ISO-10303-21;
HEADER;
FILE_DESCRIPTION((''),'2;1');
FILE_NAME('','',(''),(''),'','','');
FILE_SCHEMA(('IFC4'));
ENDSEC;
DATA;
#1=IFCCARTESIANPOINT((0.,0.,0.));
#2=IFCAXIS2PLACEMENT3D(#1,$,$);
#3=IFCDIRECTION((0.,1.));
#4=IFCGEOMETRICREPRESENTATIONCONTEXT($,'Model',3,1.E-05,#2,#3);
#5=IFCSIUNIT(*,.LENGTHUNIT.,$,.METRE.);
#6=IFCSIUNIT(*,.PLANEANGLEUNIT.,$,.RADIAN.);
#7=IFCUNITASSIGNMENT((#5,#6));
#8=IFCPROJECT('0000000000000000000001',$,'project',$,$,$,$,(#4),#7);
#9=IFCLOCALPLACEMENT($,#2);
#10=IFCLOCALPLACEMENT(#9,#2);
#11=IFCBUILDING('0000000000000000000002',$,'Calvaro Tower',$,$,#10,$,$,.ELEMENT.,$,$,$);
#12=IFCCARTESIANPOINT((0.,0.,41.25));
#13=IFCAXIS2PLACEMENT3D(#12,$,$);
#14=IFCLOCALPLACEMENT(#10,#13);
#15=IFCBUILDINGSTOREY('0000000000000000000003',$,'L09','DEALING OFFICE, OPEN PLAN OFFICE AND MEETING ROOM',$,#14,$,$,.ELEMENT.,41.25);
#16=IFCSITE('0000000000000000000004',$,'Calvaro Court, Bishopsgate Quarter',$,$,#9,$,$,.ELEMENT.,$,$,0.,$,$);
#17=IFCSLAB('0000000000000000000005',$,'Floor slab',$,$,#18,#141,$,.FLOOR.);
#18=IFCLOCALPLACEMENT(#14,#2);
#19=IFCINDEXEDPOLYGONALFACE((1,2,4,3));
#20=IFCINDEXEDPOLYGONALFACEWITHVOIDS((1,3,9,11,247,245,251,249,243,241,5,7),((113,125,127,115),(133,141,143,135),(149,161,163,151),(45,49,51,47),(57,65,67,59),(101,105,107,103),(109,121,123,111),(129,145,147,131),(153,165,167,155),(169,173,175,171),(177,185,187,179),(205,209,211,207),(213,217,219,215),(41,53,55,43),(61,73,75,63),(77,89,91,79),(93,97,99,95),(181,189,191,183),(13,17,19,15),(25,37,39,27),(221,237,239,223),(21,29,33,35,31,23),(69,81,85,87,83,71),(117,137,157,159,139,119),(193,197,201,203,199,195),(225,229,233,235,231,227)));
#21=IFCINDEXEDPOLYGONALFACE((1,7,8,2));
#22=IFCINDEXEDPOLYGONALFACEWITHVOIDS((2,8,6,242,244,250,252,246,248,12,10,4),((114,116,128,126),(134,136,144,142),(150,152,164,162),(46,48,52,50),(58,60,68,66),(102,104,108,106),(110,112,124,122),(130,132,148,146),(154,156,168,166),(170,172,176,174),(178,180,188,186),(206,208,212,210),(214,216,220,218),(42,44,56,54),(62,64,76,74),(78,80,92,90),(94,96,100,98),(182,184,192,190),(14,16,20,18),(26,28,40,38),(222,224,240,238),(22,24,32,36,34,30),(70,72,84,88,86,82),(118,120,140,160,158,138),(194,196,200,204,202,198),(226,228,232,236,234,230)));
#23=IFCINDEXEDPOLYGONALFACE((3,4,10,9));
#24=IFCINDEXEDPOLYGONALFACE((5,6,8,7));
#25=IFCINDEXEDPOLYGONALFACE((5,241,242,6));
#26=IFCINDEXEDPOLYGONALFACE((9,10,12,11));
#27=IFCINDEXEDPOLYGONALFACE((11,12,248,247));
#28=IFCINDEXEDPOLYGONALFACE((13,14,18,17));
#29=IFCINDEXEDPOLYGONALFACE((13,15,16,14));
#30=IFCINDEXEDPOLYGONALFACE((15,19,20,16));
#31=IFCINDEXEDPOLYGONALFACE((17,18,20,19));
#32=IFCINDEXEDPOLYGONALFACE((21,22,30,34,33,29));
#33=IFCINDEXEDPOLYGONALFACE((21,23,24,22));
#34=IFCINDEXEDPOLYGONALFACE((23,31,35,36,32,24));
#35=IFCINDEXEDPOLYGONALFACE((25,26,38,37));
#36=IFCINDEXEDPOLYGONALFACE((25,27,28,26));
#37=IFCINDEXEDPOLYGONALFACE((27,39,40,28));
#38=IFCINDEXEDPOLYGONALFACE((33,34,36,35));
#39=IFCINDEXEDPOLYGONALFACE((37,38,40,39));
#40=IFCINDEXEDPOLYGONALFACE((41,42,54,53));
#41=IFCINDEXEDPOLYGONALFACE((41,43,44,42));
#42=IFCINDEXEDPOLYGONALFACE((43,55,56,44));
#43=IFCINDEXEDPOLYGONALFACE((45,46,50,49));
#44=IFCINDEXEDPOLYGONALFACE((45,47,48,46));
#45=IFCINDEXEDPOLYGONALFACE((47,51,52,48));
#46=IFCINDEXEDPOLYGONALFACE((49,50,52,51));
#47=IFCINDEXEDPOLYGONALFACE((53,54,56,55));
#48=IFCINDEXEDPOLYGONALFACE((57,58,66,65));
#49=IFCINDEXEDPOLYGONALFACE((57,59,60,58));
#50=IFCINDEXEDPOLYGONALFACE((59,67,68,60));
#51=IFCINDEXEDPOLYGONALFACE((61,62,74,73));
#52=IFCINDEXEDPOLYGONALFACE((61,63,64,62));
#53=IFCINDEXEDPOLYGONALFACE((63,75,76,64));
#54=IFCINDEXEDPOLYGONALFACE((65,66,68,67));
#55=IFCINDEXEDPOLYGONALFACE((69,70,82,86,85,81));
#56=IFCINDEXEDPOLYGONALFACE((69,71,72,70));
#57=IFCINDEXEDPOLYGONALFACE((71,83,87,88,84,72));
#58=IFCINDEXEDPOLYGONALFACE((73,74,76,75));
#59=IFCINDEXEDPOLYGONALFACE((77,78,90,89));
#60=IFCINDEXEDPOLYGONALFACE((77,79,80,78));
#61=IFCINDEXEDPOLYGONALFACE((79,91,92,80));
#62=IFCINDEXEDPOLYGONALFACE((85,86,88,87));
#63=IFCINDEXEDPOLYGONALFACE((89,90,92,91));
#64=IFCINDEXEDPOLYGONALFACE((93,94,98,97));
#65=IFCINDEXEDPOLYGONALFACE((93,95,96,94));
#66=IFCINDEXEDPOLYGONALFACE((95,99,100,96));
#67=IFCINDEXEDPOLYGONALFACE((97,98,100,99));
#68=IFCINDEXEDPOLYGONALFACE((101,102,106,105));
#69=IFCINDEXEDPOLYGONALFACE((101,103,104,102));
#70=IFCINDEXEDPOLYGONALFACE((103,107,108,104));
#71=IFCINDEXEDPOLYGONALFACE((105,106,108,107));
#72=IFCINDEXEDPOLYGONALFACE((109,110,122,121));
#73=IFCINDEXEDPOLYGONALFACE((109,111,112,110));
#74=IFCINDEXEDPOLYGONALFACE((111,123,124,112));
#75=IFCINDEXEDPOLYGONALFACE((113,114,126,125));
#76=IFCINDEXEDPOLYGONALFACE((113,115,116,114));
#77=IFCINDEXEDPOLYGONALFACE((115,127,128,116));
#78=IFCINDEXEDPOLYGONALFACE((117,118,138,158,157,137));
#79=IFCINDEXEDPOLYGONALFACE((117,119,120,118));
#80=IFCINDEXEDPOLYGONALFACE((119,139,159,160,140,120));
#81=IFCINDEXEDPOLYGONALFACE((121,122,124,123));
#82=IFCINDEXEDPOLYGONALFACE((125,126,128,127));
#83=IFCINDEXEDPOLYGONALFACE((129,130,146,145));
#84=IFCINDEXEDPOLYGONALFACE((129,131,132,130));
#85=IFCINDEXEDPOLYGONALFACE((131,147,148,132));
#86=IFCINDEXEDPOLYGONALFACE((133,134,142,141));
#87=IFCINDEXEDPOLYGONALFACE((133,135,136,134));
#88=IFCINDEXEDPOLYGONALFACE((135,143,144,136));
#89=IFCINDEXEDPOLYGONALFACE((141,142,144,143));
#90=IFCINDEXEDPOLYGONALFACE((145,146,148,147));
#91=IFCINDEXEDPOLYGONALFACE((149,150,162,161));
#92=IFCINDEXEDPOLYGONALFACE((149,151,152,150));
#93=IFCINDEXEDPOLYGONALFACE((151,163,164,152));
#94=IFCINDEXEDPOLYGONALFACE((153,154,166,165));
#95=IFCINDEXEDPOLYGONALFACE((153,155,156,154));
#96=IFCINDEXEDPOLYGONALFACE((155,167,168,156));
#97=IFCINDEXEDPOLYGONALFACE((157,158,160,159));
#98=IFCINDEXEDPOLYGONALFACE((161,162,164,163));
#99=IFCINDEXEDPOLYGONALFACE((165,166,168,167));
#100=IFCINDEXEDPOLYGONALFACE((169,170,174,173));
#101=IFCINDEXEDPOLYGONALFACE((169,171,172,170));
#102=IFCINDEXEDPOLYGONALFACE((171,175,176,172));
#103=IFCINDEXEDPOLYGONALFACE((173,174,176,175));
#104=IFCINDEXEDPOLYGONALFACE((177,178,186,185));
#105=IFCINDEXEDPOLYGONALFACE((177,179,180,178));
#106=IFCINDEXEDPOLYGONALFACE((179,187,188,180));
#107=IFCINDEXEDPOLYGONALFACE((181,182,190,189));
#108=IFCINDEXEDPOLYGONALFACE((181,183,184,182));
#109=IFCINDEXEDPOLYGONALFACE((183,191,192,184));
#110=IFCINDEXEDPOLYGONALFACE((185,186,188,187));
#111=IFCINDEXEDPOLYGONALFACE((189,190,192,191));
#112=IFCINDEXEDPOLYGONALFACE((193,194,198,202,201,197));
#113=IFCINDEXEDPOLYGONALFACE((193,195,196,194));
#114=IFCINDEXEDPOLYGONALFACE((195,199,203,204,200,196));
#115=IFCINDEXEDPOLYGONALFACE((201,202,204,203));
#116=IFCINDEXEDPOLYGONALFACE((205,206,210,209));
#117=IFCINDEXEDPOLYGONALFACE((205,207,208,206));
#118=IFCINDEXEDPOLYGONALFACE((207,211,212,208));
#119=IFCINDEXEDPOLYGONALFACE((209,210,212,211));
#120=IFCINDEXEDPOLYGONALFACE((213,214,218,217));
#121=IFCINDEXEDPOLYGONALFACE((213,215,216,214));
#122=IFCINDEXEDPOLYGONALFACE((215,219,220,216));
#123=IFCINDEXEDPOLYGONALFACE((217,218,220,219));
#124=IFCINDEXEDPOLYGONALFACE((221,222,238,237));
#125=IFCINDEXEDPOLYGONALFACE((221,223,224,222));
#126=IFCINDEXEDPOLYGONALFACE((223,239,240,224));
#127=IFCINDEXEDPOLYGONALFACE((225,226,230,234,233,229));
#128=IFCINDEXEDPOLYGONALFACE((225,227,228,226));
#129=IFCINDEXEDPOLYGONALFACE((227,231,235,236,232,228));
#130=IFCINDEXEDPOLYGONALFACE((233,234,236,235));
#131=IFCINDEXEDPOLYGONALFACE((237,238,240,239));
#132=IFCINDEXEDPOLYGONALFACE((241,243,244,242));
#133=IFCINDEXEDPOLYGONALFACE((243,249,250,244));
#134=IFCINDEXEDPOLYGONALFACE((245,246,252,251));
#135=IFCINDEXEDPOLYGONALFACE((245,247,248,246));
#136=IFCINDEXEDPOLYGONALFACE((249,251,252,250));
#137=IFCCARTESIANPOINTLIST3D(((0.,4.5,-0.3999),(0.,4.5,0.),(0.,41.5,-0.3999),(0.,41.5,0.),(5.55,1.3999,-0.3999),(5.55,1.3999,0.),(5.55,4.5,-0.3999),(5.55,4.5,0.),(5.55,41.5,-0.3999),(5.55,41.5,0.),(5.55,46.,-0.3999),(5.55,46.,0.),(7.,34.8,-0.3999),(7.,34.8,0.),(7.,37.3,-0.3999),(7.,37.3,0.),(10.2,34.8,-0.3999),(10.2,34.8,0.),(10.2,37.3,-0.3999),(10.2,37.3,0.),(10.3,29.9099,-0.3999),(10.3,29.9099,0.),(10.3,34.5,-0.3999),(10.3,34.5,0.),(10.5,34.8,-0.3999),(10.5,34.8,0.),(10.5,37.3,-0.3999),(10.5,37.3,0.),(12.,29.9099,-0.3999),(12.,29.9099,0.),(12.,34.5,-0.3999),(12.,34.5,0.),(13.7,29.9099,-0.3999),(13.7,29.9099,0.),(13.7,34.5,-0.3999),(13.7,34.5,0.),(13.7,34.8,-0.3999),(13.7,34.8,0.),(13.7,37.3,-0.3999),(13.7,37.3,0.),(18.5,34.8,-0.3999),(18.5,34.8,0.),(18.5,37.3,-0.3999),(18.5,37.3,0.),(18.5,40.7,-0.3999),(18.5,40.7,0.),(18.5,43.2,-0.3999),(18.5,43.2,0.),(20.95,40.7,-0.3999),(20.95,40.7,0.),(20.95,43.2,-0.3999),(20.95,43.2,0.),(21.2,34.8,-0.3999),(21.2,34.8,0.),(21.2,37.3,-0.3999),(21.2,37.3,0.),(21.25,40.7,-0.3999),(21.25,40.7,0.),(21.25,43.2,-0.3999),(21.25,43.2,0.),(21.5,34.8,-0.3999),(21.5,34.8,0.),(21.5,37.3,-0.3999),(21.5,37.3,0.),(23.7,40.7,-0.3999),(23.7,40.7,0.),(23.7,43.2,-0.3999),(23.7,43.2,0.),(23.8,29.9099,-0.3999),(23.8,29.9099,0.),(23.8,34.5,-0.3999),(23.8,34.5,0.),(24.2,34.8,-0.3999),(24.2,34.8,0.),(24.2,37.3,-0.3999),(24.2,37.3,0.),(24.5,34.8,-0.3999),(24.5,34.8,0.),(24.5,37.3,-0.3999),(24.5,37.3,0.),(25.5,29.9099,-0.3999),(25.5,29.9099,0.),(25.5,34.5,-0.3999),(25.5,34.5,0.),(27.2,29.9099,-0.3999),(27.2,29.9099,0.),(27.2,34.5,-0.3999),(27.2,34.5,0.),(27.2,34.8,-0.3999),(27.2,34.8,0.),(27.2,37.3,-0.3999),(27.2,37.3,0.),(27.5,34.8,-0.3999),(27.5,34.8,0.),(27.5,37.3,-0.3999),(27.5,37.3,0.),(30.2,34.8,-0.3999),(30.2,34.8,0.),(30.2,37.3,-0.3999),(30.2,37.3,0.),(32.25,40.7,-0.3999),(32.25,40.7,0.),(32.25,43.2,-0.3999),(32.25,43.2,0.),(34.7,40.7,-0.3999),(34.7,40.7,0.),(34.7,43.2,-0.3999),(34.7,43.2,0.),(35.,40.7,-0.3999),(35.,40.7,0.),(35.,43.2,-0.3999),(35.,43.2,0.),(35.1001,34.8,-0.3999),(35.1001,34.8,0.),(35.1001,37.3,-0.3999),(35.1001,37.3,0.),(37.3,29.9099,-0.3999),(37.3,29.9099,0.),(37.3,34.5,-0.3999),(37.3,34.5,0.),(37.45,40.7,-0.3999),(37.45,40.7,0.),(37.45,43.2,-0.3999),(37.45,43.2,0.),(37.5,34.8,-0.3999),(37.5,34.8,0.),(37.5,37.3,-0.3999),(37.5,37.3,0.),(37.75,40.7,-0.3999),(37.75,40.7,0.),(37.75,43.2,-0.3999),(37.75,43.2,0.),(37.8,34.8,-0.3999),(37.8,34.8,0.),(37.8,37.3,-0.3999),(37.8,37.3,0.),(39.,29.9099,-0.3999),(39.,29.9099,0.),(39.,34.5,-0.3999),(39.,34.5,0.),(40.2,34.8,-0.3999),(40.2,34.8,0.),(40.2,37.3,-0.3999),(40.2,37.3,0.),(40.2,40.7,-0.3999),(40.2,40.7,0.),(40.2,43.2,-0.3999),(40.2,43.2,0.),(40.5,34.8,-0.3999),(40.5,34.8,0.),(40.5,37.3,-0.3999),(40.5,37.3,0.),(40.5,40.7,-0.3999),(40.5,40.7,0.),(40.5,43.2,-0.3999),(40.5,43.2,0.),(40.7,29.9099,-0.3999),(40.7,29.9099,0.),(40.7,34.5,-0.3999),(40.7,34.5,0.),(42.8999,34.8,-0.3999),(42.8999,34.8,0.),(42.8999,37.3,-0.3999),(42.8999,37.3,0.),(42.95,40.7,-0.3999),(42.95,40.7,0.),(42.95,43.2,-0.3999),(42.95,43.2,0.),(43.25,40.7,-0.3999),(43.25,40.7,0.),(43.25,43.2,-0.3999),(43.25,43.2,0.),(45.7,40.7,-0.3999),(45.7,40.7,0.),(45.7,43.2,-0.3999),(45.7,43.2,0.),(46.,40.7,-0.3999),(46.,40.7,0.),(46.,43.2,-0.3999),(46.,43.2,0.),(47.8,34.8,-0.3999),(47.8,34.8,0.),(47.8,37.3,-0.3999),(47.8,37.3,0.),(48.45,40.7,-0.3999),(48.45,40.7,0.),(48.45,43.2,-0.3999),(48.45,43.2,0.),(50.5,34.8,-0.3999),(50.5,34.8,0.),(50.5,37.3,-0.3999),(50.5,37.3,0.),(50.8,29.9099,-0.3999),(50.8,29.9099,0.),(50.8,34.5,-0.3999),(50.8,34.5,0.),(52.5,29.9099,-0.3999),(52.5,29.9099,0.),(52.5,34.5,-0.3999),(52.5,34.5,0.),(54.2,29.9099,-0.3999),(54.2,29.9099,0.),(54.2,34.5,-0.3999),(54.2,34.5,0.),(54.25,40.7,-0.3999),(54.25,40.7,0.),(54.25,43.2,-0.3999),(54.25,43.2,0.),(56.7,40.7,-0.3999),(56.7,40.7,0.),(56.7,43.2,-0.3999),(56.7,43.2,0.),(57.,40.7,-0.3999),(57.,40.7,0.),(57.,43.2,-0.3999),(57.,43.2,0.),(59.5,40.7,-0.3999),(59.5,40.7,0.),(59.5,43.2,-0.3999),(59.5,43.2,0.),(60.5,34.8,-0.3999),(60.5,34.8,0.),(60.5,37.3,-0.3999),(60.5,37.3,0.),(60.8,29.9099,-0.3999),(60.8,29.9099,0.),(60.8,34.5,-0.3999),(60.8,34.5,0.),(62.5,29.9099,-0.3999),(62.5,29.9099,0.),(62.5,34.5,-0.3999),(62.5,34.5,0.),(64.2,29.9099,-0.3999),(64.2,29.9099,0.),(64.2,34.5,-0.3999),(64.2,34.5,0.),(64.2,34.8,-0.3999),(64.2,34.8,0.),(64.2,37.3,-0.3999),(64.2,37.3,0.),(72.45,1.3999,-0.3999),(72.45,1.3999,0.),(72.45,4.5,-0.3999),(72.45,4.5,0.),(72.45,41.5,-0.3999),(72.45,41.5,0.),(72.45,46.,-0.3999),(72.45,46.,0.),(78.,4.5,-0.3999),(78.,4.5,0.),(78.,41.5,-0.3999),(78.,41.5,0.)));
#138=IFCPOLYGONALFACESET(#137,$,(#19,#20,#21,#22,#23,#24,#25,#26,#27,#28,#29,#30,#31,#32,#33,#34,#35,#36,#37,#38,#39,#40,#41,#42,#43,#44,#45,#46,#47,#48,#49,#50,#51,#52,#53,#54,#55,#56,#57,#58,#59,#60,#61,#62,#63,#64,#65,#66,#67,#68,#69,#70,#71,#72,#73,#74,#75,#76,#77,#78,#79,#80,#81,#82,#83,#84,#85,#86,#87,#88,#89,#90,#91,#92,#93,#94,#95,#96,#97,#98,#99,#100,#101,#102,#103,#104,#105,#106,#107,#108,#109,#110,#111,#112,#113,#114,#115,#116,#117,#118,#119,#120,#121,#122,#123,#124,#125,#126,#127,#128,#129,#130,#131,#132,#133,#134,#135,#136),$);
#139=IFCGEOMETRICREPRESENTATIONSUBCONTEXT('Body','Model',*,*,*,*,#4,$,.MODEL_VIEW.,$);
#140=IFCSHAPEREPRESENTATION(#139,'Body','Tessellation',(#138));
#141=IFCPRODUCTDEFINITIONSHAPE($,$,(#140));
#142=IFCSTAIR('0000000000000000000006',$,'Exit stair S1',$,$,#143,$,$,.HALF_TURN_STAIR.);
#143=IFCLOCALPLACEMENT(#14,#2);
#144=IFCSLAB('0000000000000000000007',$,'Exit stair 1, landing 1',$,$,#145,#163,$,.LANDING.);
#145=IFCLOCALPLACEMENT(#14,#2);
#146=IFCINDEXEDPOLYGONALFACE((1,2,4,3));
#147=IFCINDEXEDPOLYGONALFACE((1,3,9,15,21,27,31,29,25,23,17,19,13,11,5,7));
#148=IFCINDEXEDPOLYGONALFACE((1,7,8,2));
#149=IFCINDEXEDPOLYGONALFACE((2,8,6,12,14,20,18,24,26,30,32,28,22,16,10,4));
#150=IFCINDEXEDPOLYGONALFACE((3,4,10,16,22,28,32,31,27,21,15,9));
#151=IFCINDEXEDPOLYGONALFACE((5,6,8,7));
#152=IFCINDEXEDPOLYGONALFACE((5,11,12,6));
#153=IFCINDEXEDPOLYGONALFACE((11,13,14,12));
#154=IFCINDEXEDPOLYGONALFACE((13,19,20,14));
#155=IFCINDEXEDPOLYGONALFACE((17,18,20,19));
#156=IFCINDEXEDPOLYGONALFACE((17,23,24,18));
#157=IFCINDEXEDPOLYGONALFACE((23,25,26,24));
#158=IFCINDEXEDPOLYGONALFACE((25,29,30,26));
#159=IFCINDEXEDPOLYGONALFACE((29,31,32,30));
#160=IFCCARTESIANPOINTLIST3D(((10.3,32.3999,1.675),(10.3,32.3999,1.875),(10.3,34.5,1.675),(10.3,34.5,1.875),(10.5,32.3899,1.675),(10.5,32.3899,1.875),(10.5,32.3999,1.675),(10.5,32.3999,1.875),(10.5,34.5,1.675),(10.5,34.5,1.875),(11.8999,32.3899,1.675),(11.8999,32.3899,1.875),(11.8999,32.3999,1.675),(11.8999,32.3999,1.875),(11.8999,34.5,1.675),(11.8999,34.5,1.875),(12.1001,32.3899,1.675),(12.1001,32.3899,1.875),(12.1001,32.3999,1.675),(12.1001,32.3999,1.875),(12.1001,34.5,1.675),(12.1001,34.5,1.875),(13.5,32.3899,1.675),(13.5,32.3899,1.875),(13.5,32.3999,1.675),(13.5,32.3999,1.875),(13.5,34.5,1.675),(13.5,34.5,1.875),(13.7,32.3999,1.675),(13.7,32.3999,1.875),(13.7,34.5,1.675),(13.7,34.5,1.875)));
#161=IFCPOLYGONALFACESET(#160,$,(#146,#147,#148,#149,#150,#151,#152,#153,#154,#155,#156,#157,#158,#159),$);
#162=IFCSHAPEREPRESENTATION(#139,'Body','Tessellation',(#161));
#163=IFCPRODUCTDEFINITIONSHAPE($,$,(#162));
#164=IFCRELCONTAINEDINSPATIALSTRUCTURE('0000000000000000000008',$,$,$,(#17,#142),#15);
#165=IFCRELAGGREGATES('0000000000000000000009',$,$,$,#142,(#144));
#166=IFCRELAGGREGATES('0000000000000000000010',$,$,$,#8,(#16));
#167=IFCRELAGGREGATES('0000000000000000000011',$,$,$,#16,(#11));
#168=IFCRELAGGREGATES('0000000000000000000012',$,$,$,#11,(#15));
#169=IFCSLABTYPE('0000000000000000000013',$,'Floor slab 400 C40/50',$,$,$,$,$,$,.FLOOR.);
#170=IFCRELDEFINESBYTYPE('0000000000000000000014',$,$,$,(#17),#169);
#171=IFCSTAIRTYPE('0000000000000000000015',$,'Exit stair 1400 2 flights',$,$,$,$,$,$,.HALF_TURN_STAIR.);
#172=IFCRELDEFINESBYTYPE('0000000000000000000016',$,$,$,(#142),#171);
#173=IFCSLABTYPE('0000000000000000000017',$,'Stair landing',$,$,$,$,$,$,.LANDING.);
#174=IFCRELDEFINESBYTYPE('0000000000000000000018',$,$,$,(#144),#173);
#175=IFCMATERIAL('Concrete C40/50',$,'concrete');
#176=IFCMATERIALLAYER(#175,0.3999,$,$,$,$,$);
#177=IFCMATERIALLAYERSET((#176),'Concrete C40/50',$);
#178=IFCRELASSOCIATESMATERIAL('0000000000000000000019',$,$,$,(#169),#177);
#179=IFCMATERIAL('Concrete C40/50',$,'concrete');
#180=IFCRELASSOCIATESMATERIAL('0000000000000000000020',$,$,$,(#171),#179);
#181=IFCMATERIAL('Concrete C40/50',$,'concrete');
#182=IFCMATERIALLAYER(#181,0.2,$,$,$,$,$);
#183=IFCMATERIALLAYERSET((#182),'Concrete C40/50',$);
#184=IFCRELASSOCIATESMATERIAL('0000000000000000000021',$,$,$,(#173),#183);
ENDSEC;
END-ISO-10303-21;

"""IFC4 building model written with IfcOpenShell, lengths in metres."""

from ifc_helpers import new_model, si_unit, direction, frame, origin, place, context, subcontext, project, spatial, polyline, outline, extrude, material, layer, layer_set, type_object, element, aggregate, save


model = new_model("IFC4")

# Units and contexts
model_context = context("Model", 3, precision=1e-05, world=origin(), true_north=direction((0.0, 1.0)))
body_context = subcontext(model_context, "Body", "Model", "MODEL_VIEW")
ifc_project = project(units=[si_unit("LENGTHUNIT", "METRE"), si_unit("PLANEANGLEUNIT", "RADIAN")], contexts=[model_context])

# Site, building, storey
site_placement = place(None, origin())
site = spatial("IfcSite", under=ifc_project, at=site_placement, Name="Calvaro Court, Bishopsgate Quarter", CompositionType="ELEMENT", RefElevation=0.0)
building_placement = place(site_placement, origin())
building = spatial("IfcBuilding", under=site, at=building_placement, Name="Calvaro Tower", CompositionType="ELEMENT")
storey_placement = place(building_placement, frame((0.0, 0.0, 41.25)))
storey = spatial("IfcBuildingStorey", under=building, at=storey_placement, Name="L09", Description="DEALING OFFICE, OPEN PLAN OFFICE AND MEETING ROOM", CompositionType="ELEMENT", Elevation=41.25)

# Slab
ifc_material_1 = material(Name="Concrete C40/50", Category="concrete")
ifc_layer_1 = layer(ifc_material_1, 0.3999)
ifc_layer_set_1 = layer_set([ifc_layer_1], Name="Concrete C40/50")
slab_type_1 = type_object("IfcSlabType", Name="Floor slab 400 C40/50", PredefinedType="FLOOR", material=ifc_layer_set_1)
slab_1_placement = place(storey_placement, frame((0.0, 0.0, -0.3999)))
element("IfcSlab", 1, at=slab_1_placement, inside=storey, type_object=slab_type_1, Name="Floor slab", PredefinedType="FLOOR", context=body_context, shape_type="SweptSolid", body=[
    extrude(outline(polyline([(72.45, 4.5), (72.45, 1.3999), (5.55, 1.3999), (5.55, 4.5), (0.0, 4.5), (0.0, 41.5), (5.55, 41.5), (5.55, 46.0), (72.45, 46.0), (72.45, 41.5), (78.0, 41.5), (78.0, 4.5), (72.45, 4.5)]), holes=[polyline([(10.3, 29.9099), (10.3, 34.5), (12.0, 34.5), (13.7, 34.5), (13.7, 29.9099), (12.0, 29.9099), (10.3, 29.9099)]), polyline([(23.8, 29.9099), (23.8, 34.5), (25.5, 34.5), (27.2, 34.5), (27.2, 29.9099), (25.5, 29.9099), (23.8, 29.9099)]), polyline([(37.3, 29.9099), (37.3, 34.5), (39.0, 34.5), (40.7, 34.5), (40.7, 29.9099), (39.0, 29.9099), (37.3, 29.9099)]), polyline([(50.8, 29.9099), (50.8, 34.5), (52.5, 34.5), (54.2, 34.5), (54.2, 29.9099), (52.5, 29.9099), (50.8, 29.9099)]), polyline([(60.8, 29.9099), (60.8, 34.5), (62.5, 34.5), (64.2, 34.5), (64.2, 29.9099), (62.5, 29.9099), (60.8, 29.9099)]), polyline([(18.5, 34.8), (21.2, 34.8), (21.2, 37.3), (18.5, 37.3), (18.5, 34.8)]), polyline([(21.5, 34.8), (24.2, 34.8), (24.2, 37.3), (21.5, 37.3), (21.5, 34.8)]), polyline([(24.5, 34.8), (27.2, 34.8), (27.2, 37.3), (24.5, 37.3), (24.5, 34.8)]), polyline([(35.1001, 34.8), (37.5, 34.8), (37.5, 37.3), (35.1001, 37.3), (35.1001, 34.8)]), polyline([(37.8, 34.8), (40.2, 34.8), (40.2, 37.3), (37.8, 37.3), (37.8, 34.8)]), polyline([(40.5, 34.8), (42.8999, 34.8), (42.8999, 37.3), (40.5, 37.3), (40.5, 34.8)]), polyline([(18.5, 40.7), (20.95, 40.7), (20.95, 43.2), (18.5, 43.2), (18.5, 40.7)]), polyline([(21.25, 40.7), (23.7, 40.7), (23.7, 43.2), (21.25, 43.2), (21.25, 40.7)]), polyline([(32.25, 40.7), (34.7, 40.7), (34.7, 43.2), (32.25, 43.2), (32.25, 40.7)]), polyline([(35.0, 40.7), (37.45, 40.7), (37.45, 43.2), (35.0, 43.2), (35.0, 40.7)]), polyline([(37.75, 40.7), (40.2, 40.7), (40.2, 43.2), (37.75, 43.2), (37.75, 40.7)]), polyline([(40.5, 40.7), (42.95, 40.7), (42.95, 43.2), (40.5, 43.2), (40.5, 40.7)]), polyline([(43.25, 40.7), (45.7, 40.7), (45.7, 43.2), (43.25, 43.2), (43.25, 40.7)]), polyline([(46.0, 40.7), (48.45, 40.7), (48.45, 43.2), (46.0, 43.2), (46.0, 40.7)]), polyline([(54.25, 40.7), (56.7, 40.7), (56.7, 43.2), (54.25, 43.2), (54.25, 40.7)]), polyline([(57.0, 40.7), (59.5, 40.7), (59.5, 43.2), (57.0, 43.2), (57.0, 40.7)]), polyline([(7.0, 34.8), (10.2, 34.8), (10.2, 37.3), (7.0, 37.3), (7.0, 34.8)]), polyline([(10.5, 34.8), (13.7, 34.8), (13.7, 37.3), (10.5, 37.3), (10.5, 34.8)]), polyline([(60.5, 34.8), (64.2, 34.8), (64.2, 37.3), (60.5, 37.3), (60.5, 34.8)]), polyline([(27.5, 34.8), (30.2, 34.8), (30.2, 37.3), (27.5, 37.3), (27.5, 34.8)]), polyline([(47.8, 34.8), (50.5, 34.8), (50.5, 37.3), (47.8, 37.3), (47.8, 34.8)])]), origin(), (0.0, 0.0, 1.0), 0.3999),
])

# Stair, slab
ifc_material_2 = material(Name="Concrete C40/50", Category="concrete")
stair_type = type_object("IfcStairType", Name="Exit stair 1400 2 flights", PredefinedType="HALF_TURN_STAIR", material=ifc_material_2)
stair_1_placement = place(storey_placement, origin())
stair_1 = element("IfcStair", 2, at=stair_1_placement, inside=storey, type_object=stair_type, Name="Exit stair S1", PredefinedType="HALF_TURN_STAIR")
ifc_material_3 = material(Name="Concrete C40/50", Category="concrete")
ifc_layer_2 = layer(ifc_material_3, 0.2)
ifc_layer_set_2 = layer_set([ifc_layer_2], Name="Concrete C40/50")
slab_type_2 = type_object("IfcSlabType", Name="Stair landing", PredefinedType="LANDING", material=ifc_layer_set_2)
slab_2_placement = place(storey_placement, frame((0.0, 0.0, 1.675)))
slab_2 = element("IfcSlab", 3, at=slab_2_placement, type_object=slab_type_2, Name="Exit stair 1, landing 1", PredefinedType="LANDING", context=body_context, shape_type="SweptSolid", body=[
    extrude(outline(polyline([(11.8999, 32.3899), (10.5, 32.3899), (10.5, 32.3999), (10.3, 32.3999), (10.3, 34.5), (10.5, 34.5), (11.8999, 34.5), (12.1001, 34.5), (13.5, 34.5), (13.7, 34.5), (13.7, 32.3999), (13.5, 32.3999), (13.5, 32.3899), (12.1001, 32.3899), (12.1001, 32.3999), (11.8999, 32.3999), (11.8999, 32.3899)])), origin(), (0.0, 0.0, 1.0), 0.2),
])
aggregate(stair_1, [slab_2])

save(model, "model.ifc")
